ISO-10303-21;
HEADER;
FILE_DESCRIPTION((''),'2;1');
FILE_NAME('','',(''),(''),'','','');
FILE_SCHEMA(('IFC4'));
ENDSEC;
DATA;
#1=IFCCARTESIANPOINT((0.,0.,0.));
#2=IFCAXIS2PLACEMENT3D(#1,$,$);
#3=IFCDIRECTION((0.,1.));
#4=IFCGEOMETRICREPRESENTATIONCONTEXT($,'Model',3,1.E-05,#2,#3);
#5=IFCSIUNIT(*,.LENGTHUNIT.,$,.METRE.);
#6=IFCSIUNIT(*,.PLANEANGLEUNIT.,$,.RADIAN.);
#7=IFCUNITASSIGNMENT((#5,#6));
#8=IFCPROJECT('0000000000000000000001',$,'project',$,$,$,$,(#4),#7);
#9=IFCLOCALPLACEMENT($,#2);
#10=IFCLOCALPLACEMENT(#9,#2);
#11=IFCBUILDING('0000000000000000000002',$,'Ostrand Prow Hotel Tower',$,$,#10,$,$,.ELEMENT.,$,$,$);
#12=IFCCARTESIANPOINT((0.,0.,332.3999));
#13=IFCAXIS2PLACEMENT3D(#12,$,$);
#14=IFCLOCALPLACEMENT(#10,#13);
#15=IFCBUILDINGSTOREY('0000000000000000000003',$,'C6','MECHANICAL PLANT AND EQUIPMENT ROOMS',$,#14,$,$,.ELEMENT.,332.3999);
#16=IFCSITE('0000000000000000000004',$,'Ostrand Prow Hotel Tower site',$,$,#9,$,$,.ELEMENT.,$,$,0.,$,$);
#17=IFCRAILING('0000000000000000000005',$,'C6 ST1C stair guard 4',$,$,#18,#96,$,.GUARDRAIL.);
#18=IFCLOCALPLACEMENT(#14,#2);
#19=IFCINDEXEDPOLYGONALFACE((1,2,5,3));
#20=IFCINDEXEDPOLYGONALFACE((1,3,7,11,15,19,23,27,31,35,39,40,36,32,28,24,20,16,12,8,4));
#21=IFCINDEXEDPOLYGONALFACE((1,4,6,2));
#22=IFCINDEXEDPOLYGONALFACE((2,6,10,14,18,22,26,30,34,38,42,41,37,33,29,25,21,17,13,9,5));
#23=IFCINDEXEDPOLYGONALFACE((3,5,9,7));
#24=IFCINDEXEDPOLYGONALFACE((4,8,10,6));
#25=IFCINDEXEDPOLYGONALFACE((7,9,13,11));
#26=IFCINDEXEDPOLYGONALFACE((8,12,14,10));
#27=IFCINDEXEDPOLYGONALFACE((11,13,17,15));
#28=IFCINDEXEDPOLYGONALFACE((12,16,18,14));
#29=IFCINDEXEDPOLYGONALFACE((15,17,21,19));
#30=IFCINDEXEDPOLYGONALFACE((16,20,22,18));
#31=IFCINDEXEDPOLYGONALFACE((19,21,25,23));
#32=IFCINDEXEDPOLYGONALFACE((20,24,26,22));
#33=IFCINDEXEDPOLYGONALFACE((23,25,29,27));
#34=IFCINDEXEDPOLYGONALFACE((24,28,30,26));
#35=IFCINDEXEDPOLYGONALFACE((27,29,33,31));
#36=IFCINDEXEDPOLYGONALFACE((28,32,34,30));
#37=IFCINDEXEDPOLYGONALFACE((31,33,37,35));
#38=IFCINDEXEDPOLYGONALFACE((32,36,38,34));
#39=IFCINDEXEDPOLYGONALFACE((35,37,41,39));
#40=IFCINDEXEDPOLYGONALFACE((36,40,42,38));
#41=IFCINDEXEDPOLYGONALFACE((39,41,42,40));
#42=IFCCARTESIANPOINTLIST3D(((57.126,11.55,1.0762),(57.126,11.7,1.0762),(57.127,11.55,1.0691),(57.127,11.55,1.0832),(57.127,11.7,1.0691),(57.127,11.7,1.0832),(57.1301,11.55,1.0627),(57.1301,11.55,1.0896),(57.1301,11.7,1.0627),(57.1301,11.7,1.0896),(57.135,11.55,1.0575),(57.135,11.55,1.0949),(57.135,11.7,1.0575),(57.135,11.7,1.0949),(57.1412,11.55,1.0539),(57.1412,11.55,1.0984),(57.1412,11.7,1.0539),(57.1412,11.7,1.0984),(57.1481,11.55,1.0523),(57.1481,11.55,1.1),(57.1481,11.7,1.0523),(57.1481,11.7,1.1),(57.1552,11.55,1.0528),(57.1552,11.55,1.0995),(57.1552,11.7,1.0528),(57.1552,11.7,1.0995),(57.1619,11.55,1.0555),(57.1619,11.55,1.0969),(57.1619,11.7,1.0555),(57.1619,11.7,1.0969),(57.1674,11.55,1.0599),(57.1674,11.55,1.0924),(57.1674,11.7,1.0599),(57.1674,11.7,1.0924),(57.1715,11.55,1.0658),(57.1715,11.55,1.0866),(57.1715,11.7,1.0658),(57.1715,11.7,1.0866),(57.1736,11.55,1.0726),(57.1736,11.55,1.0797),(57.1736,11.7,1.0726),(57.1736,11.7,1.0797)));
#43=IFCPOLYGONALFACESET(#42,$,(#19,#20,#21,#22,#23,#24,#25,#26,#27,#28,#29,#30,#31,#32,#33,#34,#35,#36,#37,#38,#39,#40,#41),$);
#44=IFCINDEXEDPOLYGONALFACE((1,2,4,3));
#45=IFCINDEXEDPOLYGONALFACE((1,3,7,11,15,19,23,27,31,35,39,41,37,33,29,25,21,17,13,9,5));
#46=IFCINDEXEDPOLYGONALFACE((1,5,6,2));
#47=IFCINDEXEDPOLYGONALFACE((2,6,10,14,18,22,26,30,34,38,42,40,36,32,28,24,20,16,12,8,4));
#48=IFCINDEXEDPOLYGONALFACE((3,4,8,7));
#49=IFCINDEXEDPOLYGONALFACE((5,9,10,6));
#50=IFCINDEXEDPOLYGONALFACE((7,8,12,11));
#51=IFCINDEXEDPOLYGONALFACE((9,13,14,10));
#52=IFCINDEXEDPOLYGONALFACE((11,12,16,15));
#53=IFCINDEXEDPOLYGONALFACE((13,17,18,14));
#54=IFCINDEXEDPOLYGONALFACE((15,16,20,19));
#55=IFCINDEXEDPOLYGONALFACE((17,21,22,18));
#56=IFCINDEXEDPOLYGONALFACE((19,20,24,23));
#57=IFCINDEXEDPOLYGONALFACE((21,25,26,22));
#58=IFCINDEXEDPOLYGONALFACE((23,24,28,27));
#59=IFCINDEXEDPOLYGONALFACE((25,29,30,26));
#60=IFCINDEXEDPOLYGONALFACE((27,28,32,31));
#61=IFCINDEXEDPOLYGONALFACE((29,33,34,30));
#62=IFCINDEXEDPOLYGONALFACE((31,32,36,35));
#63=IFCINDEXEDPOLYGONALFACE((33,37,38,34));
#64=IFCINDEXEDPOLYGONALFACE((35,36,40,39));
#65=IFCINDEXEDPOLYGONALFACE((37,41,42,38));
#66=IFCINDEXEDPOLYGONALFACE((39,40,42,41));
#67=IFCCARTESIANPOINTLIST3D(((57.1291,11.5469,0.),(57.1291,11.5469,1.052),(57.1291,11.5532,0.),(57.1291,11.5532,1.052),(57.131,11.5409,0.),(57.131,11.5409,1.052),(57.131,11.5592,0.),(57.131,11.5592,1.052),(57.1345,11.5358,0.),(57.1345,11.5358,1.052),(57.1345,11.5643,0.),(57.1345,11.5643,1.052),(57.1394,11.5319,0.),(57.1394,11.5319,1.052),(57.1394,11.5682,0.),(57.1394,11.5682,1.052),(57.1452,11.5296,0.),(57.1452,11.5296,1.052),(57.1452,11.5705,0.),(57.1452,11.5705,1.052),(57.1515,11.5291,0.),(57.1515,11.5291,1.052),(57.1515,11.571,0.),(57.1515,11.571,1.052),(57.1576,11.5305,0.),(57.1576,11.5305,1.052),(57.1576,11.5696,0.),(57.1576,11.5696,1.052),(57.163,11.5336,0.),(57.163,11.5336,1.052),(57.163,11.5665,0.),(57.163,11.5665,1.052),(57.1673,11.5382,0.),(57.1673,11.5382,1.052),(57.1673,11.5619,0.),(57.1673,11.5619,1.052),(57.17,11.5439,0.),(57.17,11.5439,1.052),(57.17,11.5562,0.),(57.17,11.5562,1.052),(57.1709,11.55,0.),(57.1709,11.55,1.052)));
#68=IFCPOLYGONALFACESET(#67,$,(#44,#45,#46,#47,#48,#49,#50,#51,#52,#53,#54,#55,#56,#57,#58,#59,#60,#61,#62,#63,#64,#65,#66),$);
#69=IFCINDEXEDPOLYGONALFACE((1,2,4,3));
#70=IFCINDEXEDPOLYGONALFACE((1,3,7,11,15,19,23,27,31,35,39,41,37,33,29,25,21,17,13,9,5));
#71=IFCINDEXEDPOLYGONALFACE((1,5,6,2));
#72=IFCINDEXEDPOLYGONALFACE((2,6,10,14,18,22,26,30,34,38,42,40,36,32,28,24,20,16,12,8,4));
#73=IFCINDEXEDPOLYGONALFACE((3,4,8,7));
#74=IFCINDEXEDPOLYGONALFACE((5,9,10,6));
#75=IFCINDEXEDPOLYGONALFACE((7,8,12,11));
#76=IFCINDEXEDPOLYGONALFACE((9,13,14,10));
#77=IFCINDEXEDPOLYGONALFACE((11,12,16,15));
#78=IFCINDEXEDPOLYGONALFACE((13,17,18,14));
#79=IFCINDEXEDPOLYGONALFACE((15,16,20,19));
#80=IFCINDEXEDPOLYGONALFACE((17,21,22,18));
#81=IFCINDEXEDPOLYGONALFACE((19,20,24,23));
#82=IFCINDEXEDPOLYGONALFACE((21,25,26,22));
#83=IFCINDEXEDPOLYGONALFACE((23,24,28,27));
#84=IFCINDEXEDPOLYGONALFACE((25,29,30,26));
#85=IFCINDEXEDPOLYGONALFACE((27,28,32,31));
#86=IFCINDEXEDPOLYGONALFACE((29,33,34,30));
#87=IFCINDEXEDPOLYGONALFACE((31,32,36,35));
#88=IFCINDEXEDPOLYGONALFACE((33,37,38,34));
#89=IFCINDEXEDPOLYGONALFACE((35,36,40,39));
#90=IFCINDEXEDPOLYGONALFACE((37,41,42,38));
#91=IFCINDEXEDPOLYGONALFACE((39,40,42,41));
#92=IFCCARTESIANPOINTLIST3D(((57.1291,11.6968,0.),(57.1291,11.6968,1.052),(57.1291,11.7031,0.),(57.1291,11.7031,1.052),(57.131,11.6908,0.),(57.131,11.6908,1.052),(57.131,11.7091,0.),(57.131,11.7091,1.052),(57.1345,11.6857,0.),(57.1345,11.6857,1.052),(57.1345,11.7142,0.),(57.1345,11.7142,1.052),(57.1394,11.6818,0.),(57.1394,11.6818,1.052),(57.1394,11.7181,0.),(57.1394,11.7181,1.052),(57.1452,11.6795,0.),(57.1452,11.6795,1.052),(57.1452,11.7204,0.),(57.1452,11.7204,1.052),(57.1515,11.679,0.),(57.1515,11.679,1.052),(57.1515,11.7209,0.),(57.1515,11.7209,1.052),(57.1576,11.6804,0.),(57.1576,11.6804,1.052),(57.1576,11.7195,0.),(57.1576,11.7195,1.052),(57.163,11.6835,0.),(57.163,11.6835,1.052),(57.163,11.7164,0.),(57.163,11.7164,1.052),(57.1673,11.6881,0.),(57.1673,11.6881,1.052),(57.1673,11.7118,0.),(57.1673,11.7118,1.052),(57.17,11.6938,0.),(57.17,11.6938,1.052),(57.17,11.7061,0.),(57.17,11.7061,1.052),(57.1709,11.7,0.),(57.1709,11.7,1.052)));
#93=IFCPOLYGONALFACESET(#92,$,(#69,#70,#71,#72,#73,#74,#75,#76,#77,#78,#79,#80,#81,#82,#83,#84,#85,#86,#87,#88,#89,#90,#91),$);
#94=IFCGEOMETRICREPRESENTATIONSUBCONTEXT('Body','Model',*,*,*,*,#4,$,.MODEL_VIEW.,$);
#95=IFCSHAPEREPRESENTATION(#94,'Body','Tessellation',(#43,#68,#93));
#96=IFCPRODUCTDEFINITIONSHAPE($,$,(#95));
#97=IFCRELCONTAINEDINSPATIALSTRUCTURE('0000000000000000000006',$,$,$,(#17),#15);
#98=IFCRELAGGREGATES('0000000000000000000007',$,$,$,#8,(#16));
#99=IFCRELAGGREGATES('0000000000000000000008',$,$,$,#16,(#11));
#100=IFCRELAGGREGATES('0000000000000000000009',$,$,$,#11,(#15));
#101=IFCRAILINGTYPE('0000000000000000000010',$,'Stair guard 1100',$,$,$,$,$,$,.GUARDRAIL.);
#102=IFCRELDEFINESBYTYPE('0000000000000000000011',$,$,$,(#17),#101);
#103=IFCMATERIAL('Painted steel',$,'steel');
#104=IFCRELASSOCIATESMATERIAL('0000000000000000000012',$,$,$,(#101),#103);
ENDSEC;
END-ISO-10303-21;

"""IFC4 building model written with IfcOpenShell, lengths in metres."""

from ifc_helpers import new_model, si_unit, direction, frame, origin, origin_2d, place, context, subcontext, project, spatial, circle, extrude, material, type_object, element, save


model = new_model("IFC4")

# Units and contexts
model_context = context("Model", 3, precision=1e-05, world=origin(), true_north=direction((0.0, 1.0)))
body_context = subcontext(model_context, "Body", "Model", "MODEL_VIEW")
ifc_project = project(units=[si_unit("LENGTHUNIT", "METRE"), si_unit("PLANEANGLEUNIT", "RADIAN")], contexts=[model_context])

# Site, building, storey
site_placement = place(None, origin())
site = spatial("IfcSite", under=ifc_project, at=site_placement, Name="Ostrand Prow Hotel Tower site", CompositionType="ELEMENT", RefElevation=0.0)
building_placement = place(site_placement, origin())
building = spatial("IfcBuilding", under=site, at=building_placement, Name="Ostrand Prow Hotel Tower", CompositionType="ELEMENT")
storey_placement = place(building_placement, frame((0.0, 0.0, 332.3999)))
storey = spatial("IfcBuildingStorey", under=building, at=storey_placement, Name="C6", Description="MECHANICAL PLANT AND EQUIPMENT ROOMS", CompositionType="ELEMENT", Elevation=332.3999)

# Railing
ifc_material_1 = material(Name="Painted steel", Category="steel")
railing_type_1 = type_object("IfcRailingType", Name="Stair guard 1100", PredefinedType="GUARDRAIL", material=ifc_material_1)
railing_1_placement = place(storey_placement, frame((57.1499, 11.55, 0.0)))
element("IfcRailing", 1, at=railing_1_placement, inside=storey, type_object=railing_type_1, Name="C6 ST1C stair guard 4", PredefinedType="GUARDRAIL", context=body_context, shape_type="SweptSolid", body=[
    extrude(circle(Radius=0.0239, at=origin_2d()), frame((0.0, 0.0, 1.0762), z_axis=(0.0, 1.0, 0.0), x_axis=(-1.0, 0.0, 0.0)), (0.0, 0.0, 1.0), 0.1499),
    extrude(circle(Radius=0.021, at=origin_2d()), origin(), (0.0, 0.0, 1.0), 1.052),
    extrude(circle(Radius=0.021, at=origin_2d()), frame((0.0, 0.1499, 0.0)), (0.0, 0.0, 1.0), 1.052),
])

save(model, "model.ifc")
